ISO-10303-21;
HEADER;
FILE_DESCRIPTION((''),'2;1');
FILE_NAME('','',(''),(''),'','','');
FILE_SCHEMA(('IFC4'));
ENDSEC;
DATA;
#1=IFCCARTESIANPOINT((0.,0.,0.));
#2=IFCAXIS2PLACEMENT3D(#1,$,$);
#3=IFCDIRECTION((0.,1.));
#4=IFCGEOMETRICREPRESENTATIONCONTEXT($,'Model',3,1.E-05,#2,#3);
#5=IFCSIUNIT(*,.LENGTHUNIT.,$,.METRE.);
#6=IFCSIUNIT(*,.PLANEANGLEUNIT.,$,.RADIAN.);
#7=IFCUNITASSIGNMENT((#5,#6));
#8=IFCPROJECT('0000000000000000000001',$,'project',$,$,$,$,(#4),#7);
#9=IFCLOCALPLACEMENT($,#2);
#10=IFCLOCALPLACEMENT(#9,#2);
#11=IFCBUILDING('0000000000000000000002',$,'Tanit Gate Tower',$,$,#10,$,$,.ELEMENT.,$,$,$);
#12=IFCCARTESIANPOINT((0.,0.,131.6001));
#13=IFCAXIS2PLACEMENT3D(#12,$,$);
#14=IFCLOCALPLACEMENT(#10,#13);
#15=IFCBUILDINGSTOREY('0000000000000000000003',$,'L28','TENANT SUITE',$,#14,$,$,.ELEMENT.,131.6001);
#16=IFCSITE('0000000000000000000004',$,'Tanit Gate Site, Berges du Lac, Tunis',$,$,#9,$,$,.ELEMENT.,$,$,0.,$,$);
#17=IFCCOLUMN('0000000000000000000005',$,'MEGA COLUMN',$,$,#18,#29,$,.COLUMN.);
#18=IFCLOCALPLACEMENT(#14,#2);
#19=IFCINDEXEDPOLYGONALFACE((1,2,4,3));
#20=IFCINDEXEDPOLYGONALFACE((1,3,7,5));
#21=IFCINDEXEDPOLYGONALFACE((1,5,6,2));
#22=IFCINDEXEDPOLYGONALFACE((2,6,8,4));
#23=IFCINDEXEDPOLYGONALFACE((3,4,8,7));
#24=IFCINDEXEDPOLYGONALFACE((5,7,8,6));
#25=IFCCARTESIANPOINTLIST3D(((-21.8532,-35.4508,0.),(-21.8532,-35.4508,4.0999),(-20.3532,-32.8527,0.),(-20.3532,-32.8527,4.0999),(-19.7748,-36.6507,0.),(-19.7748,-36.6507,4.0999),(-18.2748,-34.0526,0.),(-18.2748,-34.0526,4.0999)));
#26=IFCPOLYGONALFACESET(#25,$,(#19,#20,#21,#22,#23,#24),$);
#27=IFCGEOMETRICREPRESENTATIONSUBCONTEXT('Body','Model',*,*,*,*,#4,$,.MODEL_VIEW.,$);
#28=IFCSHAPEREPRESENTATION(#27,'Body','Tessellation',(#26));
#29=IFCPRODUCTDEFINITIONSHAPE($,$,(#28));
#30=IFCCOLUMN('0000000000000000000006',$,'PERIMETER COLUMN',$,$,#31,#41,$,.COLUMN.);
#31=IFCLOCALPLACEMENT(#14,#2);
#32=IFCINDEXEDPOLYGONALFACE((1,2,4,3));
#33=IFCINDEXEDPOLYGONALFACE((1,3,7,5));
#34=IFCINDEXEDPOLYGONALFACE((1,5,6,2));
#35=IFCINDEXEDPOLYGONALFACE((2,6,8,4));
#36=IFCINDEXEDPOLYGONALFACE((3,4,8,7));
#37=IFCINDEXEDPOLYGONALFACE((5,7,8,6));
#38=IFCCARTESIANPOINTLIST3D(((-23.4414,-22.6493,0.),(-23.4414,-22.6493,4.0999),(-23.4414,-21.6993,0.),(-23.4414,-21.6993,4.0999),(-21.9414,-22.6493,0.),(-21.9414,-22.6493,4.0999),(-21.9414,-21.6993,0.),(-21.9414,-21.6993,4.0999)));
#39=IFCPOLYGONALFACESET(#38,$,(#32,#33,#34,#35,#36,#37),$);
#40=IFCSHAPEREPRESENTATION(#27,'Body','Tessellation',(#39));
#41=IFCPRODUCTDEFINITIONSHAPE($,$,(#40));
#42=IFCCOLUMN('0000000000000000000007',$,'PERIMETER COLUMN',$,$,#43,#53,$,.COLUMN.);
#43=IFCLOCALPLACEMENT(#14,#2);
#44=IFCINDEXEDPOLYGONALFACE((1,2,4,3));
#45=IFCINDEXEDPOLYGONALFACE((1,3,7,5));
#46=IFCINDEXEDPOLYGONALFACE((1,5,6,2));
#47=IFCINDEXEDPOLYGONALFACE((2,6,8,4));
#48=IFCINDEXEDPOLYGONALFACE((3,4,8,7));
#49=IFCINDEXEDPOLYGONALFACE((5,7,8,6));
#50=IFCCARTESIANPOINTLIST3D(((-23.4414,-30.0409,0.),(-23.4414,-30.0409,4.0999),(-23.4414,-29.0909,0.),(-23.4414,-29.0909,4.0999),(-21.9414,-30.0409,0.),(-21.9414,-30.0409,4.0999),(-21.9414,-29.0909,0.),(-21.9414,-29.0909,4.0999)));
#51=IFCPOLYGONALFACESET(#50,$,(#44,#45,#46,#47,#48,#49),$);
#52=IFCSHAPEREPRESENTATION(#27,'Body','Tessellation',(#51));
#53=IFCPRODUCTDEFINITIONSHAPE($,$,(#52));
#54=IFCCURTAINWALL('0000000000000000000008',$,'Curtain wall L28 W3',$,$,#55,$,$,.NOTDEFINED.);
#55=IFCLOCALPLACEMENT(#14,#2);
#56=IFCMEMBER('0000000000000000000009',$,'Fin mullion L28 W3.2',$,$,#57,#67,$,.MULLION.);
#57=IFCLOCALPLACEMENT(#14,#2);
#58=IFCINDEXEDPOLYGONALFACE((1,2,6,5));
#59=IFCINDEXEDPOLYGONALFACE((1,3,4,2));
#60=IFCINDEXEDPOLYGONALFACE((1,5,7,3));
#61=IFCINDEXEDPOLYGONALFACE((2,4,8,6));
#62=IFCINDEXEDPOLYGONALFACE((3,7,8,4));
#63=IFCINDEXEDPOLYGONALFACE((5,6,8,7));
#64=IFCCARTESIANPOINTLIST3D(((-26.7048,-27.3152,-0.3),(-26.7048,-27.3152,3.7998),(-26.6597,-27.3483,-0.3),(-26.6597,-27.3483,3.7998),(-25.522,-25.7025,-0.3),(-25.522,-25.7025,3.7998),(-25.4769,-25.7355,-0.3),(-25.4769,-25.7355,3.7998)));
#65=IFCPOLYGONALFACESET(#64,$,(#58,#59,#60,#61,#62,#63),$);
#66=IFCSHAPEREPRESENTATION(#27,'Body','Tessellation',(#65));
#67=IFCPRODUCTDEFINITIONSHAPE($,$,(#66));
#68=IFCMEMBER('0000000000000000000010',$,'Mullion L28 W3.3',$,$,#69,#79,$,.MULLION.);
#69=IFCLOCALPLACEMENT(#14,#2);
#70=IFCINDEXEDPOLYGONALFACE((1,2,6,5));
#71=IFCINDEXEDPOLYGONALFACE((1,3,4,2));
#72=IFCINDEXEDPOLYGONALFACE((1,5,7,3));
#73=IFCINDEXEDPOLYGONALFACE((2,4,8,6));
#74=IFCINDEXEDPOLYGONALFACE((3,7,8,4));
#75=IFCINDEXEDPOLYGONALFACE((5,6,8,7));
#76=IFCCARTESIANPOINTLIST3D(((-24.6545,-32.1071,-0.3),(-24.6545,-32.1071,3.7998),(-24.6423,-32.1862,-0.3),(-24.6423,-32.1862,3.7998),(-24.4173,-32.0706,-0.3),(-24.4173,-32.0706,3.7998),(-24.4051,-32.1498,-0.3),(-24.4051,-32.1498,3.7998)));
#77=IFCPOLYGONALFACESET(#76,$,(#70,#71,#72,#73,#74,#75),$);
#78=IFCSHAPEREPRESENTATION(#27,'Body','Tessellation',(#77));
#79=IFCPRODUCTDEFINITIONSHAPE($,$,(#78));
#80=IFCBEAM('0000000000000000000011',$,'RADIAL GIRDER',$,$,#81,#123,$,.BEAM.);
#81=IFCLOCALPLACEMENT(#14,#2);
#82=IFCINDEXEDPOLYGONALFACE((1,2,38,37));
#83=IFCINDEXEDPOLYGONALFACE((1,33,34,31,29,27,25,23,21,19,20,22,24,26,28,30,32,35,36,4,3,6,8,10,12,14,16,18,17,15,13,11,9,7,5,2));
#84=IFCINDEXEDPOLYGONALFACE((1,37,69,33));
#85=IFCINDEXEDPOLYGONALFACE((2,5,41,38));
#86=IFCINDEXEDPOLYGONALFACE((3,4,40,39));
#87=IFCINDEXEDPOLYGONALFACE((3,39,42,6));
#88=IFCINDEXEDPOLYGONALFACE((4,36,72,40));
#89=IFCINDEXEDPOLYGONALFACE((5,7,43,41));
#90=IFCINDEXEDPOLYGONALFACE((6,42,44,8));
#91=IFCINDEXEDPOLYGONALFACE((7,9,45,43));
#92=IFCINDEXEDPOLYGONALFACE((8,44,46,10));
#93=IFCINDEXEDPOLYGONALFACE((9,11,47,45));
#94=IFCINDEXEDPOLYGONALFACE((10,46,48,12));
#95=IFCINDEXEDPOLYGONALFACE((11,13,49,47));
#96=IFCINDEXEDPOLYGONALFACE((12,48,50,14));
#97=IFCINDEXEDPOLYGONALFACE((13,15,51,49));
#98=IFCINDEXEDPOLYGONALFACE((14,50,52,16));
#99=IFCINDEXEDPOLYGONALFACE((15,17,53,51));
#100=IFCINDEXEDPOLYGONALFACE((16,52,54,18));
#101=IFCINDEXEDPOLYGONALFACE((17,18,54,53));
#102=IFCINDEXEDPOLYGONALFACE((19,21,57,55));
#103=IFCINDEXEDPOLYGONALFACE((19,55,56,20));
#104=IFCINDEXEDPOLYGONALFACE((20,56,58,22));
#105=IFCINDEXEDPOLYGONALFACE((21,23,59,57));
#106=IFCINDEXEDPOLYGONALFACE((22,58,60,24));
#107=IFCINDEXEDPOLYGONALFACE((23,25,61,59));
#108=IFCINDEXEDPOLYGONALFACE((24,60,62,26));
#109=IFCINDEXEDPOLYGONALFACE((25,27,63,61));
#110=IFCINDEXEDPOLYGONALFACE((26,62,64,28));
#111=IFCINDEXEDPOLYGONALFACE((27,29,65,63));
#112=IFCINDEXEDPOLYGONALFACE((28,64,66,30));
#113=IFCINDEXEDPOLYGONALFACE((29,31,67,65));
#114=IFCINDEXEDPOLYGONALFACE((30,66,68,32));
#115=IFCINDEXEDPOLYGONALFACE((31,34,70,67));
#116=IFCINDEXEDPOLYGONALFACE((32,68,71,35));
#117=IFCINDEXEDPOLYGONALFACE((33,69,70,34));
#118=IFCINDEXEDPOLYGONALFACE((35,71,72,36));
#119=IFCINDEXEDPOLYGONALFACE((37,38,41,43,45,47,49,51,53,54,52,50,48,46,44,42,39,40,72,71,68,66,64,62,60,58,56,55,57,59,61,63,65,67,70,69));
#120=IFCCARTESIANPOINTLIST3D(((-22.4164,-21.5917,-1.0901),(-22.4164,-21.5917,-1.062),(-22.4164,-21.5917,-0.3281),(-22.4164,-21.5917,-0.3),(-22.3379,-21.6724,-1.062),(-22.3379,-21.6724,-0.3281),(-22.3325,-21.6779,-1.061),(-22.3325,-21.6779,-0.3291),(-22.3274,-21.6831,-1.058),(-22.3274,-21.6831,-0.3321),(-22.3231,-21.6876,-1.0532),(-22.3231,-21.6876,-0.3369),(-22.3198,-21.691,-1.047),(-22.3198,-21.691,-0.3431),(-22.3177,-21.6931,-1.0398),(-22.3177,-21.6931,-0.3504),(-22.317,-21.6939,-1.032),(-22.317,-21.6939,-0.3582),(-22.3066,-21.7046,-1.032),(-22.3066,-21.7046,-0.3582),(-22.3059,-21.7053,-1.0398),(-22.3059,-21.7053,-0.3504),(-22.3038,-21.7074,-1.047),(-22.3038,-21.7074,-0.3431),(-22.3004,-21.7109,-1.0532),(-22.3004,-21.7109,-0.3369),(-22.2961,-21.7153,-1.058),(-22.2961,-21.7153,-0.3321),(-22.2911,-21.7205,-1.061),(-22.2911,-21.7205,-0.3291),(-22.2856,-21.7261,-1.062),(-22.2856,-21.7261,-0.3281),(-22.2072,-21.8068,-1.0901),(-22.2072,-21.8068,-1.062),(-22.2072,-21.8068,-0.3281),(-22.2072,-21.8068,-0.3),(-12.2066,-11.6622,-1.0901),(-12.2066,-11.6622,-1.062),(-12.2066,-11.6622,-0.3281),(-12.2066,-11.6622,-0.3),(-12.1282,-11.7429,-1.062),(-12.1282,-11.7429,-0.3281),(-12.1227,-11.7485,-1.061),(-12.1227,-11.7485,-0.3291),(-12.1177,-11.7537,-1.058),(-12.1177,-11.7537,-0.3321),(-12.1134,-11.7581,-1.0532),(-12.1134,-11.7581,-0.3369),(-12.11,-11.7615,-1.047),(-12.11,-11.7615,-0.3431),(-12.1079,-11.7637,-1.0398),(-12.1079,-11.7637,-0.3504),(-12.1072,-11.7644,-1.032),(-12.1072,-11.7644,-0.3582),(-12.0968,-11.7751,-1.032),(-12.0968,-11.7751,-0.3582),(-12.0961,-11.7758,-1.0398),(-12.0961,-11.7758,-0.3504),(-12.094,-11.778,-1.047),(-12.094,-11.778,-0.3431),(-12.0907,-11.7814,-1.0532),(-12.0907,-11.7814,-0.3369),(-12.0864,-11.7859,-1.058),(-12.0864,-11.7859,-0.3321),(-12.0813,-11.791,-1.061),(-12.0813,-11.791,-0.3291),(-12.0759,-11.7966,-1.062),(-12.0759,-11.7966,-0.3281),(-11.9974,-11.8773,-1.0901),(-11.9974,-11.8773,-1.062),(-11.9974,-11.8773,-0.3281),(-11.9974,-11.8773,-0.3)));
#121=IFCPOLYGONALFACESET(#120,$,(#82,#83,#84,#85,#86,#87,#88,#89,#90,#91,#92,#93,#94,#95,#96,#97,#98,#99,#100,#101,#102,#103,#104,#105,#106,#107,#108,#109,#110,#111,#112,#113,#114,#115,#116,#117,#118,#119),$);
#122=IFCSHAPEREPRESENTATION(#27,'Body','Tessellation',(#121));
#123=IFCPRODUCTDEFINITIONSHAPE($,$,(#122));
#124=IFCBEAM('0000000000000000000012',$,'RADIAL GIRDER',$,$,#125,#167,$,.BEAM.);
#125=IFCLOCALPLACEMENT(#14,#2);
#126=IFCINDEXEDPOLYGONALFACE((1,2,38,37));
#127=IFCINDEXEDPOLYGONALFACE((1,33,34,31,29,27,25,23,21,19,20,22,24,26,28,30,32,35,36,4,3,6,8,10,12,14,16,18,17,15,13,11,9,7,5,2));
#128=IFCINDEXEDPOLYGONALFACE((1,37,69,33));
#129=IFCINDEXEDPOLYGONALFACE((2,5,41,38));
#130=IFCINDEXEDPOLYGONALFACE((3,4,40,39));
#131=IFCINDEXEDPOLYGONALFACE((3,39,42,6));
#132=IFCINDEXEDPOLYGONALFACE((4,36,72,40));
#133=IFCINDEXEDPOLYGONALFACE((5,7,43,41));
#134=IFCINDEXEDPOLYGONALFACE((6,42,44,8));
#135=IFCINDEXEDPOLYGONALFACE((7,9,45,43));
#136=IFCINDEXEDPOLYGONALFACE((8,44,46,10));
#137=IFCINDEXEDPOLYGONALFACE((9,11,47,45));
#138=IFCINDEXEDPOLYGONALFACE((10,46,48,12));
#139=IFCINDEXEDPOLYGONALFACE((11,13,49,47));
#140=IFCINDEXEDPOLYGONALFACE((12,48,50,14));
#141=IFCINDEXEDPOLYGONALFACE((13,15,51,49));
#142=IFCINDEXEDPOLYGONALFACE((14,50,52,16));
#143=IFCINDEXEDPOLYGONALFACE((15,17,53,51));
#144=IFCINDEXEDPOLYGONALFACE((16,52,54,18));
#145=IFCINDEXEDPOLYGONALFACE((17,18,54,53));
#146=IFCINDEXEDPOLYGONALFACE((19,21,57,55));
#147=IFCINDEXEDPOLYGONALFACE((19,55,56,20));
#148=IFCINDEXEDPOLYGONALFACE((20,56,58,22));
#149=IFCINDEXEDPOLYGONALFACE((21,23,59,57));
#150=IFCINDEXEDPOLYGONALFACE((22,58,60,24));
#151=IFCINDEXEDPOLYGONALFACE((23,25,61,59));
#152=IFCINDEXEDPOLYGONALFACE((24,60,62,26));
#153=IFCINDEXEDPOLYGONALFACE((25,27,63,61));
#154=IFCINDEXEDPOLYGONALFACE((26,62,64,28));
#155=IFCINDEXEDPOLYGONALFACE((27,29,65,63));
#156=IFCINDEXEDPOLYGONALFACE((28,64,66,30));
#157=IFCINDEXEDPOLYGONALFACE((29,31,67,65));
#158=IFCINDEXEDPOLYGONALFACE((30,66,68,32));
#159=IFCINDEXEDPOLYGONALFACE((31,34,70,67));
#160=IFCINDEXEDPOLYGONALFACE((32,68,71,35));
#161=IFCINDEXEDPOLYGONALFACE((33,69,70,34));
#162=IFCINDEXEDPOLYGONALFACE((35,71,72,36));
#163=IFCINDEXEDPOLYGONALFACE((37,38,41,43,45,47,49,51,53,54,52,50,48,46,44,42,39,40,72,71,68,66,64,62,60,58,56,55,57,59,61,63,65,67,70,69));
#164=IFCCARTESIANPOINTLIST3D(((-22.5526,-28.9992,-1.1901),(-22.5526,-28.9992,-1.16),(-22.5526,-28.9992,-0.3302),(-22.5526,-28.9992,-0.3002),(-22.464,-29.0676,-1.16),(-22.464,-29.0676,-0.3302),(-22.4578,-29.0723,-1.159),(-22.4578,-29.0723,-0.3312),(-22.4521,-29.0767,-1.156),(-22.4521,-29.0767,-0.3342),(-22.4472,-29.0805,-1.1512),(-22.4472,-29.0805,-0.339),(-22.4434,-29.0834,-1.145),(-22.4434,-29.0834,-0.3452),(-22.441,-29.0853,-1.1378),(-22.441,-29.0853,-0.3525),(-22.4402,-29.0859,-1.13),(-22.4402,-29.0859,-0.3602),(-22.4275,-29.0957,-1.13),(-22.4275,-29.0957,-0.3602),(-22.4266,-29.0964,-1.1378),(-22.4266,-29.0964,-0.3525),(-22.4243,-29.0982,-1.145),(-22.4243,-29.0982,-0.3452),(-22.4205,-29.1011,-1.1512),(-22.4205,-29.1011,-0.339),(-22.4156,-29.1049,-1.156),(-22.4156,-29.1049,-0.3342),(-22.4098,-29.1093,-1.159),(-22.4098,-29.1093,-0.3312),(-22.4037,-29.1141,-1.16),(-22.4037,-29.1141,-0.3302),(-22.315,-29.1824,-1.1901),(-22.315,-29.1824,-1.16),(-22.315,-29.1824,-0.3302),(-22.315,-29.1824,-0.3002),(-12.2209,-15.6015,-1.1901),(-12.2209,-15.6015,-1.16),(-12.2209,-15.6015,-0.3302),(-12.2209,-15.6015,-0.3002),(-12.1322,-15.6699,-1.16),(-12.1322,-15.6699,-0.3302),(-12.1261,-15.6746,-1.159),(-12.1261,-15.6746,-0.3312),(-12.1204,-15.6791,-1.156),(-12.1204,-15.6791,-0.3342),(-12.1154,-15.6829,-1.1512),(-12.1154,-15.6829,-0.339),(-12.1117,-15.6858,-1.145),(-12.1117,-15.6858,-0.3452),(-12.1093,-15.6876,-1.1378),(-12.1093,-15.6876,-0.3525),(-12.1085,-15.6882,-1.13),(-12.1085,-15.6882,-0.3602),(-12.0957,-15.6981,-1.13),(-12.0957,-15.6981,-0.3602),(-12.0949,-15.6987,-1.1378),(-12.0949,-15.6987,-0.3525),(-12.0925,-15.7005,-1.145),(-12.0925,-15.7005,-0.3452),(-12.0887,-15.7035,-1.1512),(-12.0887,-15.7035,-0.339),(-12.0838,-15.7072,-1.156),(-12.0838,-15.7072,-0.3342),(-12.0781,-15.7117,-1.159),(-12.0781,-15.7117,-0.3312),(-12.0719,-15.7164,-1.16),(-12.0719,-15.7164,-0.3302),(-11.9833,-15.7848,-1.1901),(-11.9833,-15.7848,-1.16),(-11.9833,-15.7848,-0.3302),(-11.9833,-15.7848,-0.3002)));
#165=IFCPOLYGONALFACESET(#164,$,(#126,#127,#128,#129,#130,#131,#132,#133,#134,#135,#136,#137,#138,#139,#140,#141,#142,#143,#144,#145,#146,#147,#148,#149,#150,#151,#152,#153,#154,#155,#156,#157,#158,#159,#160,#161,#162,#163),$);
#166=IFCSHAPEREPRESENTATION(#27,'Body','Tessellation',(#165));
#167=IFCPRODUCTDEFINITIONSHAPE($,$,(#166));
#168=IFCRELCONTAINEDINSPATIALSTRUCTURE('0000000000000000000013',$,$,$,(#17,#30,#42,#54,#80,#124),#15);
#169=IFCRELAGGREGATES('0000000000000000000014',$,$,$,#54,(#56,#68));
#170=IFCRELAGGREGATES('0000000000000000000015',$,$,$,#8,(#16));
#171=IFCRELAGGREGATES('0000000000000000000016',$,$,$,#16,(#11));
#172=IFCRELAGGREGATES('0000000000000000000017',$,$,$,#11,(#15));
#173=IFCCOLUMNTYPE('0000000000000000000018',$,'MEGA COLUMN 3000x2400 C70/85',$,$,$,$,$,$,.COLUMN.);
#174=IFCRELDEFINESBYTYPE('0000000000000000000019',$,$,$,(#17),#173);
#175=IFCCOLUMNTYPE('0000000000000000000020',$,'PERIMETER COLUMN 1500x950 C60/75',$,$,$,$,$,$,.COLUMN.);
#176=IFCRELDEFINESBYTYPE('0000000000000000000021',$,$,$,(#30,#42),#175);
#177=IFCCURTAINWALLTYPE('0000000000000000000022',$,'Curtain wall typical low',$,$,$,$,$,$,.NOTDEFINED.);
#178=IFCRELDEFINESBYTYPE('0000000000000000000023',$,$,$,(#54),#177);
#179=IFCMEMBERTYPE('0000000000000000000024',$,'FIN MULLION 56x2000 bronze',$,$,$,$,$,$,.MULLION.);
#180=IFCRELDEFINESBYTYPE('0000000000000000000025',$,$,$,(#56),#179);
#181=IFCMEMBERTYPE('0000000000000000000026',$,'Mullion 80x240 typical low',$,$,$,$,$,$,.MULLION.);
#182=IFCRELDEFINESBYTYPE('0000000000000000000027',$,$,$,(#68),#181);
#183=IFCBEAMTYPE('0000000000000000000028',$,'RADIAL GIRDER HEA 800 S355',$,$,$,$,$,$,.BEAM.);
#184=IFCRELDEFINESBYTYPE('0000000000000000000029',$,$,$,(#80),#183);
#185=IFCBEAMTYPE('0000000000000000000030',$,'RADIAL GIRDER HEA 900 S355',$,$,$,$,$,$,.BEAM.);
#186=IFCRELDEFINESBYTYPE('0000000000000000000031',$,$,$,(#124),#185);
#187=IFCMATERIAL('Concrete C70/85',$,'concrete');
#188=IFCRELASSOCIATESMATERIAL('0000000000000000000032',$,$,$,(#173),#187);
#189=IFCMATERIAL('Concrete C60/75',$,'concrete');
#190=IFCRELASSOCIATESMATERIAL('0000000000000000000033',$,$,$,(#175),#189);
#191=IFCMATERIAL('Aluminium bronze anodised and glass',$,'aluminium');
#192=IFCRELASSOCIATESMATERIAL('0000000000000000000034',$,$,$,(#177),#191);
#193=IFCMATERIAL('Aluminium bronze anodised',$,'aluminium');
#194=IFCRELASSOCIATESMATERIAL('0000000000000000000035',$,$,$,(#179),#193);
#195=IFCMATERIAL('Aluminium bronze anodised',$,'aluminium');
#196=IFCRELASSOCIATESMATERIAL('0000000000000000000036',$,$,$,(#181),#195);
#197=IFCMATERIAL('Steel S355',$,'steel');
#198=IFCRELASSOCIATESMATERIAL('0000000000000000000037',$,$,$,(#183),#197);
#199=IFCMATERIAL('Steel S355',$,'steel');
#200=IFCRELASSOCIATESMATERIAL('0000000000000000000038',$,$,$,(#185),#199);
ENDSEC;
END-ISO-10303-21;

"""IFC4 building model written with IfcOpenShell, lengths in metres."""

from ifc_helpers import new_model, si_unit, direction, frame, origin, origin_2d, place, context, subcontext, project, spatial, rectangle, i_section, extrude, material, material_profile, profile_set, type_object, element, aggregate, save


model = new_model("IFC4")

# Units and contexts
model_context = context("Model", 3, precision=1e-05, world=origin(), true_north=direction((0.0, 1.0)))
body_context = subcontext(model_context, "Body", "Model", "MODEL_VIEW")
ifc_project = project(units=[si_unit("LENGTHUNIT", "METRE"), si_unit("PLANEANGLEUNIT", "RADIAN")], contexts=[model_context])

# Site, building, storey
site_placement = place(None, origin())
site = spatial("IfcSite", under=ifc_project, at=site_placement, Name="Tanit Gate Site, Berges du Lac, Tunis", CompositionType="ELEMENT", RefElevation=0.0)
building_placement = place(site_placement, origin())
building = spatial("IfcBuilding", under=site, at=building_placement, Name="Tanit Gate Tower", CompositionType="ELEMENT")
storey_placement = place(building_placement, frame((0.0, 0.0, 131.6001)))
storey = spatial("IfcBuildingStorey", under=building, at=storey_placement, Name="L28", Description="TENANT SUITE", CompositionType="ELEMENT", Elevation=131.6001)

# Columns
ifc_material_1 = material(Name="Concrete C70/85", Category="concrete")
ifc_material_profile_1 = material_profile(ifc_material_1, rectangle(XDim=3.0, YDim=2.3999, at=origin_2d()), Name="RC 3000x2400")
ifc_profile_set_1 = profile_set([ifc_material_profile_1], Name="Concrete C70/85")
column_type_1 = type_object("IfcColumnType", Name="MEGA COLUMN 3000x2400 C70/85", PredefinedType="COLUMN", material=ifc_profile_set_1)
column_placement = place(storey_placement, frame((-20.064, -34.7517, 0.0), z_axis=(0.0, 0.0, 1.0), x_axis=(-0.5, -0.866025, 0.0)))
element("IfcColumn", 1, at=column_placement, inside=storey, type_object=column_type_1, Name="MEGA COLUMN", PredefinedType="COLUMN", context=body_context, shape_type="SweptSolid", body=[
    extrude(rectangle(XDim=3.0, YDim=2.3999, at=origin_2d()), origin(), (0.0, 0.0, 1.0), 4.0999),
])
ifc_material_2 = material(Name="Concrete C60/75", Category="concrete")
ifc_material_profile_2 = material_profile(ifc_material_2, rectangle(XDim=1.5, YDim=0.95, at=origin_2d()), Name="RC 1500x950")
ifc_profile_set_2 = profile_set([ifc_material_profile_2], Name="Concrete C60/75")
column_type_2 = type_object("IfcColumnType", Name="PERIMETER COLUMN 1500x950 C60/75", PredefinedType="COLUMN", material=ifc_profile_set_2)
for number, where, z_axis, x_axis, name in (
    (2, (-22.6914, -22.1743, 0.0), (0.0, 0.0, 1.0), (-1.0, 0.0, 0.0), "PERIMETER COLUMN"),
    (3, (-22.6914, -29.5659, 0.0), (0.0, 0.0, 1.0), (-1.0, 0.0, 0.0), "PERIMETER COLUMN"),
):
    element("IfcColumn", number, at=place(storey_placement, frame(where, z_axis=z_axis, x_axis=x_axis)), inside=storey, type_object=column_type_2, Name=name, PredefinedType="COLUMN", context=body_context, shape_type="SweptSolid", body=[
        extrude(rectangle(XDim=1.5, YDim=0.95, at=origin_2d()), origin(), (0.0, 0.0, 1.0), 4.0999),
    ])

# Curtain wall, members
ifc_material_3 = material(Name="Aluminium bronze anodised and glass", Category="aluminium")
curtain_wall_type = type_object("IfcCurtainWallType", Name="Curtain wall typical low", PredefinedType="NOTDEFINED", material=ifc_material_3)
curtain_wall_placement = place(storey_placement, origin())
curtain_wall = element("IfcCurtainWall", 4, at=curtain_wall_placement, inside=storey, type_object=curtain_wall_type, Name="Curtain wall L28 W3", PredefinedType="NOTDEFINED")
ifc_material_4 = material(Name="Aluminium bronze anodised", Category="aluminium")
ifc_material_profile_3 = material_profile(ifc_material_4, rectangle(XDim=2.0, YDim=0.0559, at=origin_2d()), Name="56x2000 bronze fin mullion")
ifc_profile_set_3 = profile_set([ifc_material_profile_3], Name="Aluminium bronze anodised")
member_type_1 = type_object("IfcMemberType", Name="FIN MULLION 56x2000 bronze", PredefinedType="MULLION", material=ifc_profile_set_3)
member_1_placement = place(storey_placement, frame((-26.0908, -26.5254, -0.3), z_axis=(0.0, 0.0, 1.0), x_axis=(0.591404, 0.806375, 0.0)))
member_1 = element("IfcMember", 5, at=member_1_placement, type_object=member_type_1, Name="Fin mullion L28 W3.2", PredefinedType="MULLION", context=body_context, shape_type="SweptSolid", body=[
    extrude(rectangle(XDim=2.0, YDim=0.0559, at=origin_2d()), origin(), (0.0, 0.0, 1.0), 4.0999),
])
ifc_material_5 = material(Name="Aluminium bronze anodised", Category="aluminium")
ifc_material_profile_4 = material_profile(ifc_material_5, rectangle(XDim=0.24, YDim=0.0801, at=origin_2d()), Name="80x240 bronze mullion")
ifc_profile_set_4 = profile_set([ifc_material_profile_4], Name="Aluminium bronze anodised")
member_type_2 = type_object("IfcMemberType", Name="Mullion 80x240 typical low", PredefinedType="MULLION", material=ifc_profile_set_4)
member_2_placement = place(storey_placement, frame((-24.5298, -32.1284, -0.3), z_axis=(0.0, 0.0, 1.0), x_axis=(0.988379, 0.152008, 0.0)))
member_2 = element("IfcMember", 6, at=member_2_placement, type_object=member_type_2, Name="Mullion L28 W3.3", PredefinedType="MULLION", context=body_context, shape_type="SweptSolid", body=[
    extrude(rectangle(XDim=0.24, YDim=0.0801, at=origin_2d()), origin(), (0.0, 0.0, 1.0), 4.0999),
])

# Beams
ifc_material_6 = material(Name="Steel S355", Category="steel")
ifc_material_profile_5 = material_profile(ifc_material_6, i_section(OverallWidth=0.3, OverallDepth=0.79, WebThickness=0.0149, FlangeThickness=0.0281, FilletRadius=0.03, at=origin_2d()), Name="HEA 800")
ifc_profile_set_5 = profile_set([ifc_material_profile_5], Name="Steel S355")
beam_type_1 = type_object("IfcBeamType", Name="RADIAL GIRDER HEA 800 S355", PredefinedType="BEAM", material=ifc_profile_set_5)
beam_1_placement = place(storey_placement, frame((-22.3118, -21.6992, -0.6951), z_axis=(0.716878, 0.697199, 0.0), x_axis=(-0.697199, 0.716878, 0.0)))
element("IfcBeam", 7, at=beam_1_placement, inside=storey, type_object=beam_type_1, Name="RADIAL GIRDER", PredefinedType="BEAM", context=body_context, shape_type="SweptSolid", body=[
    extrude(i_section(OverallWidth=0.3, OverallDepth=0.79, WebThickness=0.0149, FlangeThickness=0.0281, FilletRadius=0.03, at=origin_2d()), origin(), (0.0, 0.0, 1.0), 14.2419),
])
ifc_material_7 = material(Name="Steel S355", Category="steel")
ifc_material_profile_6 = material_profile(ifc_material_7, i_section(OverallWidth=0.3, OverallDepth=0.8899, WebThickness=0.0161, FlangeThickness=0.03, FilletRadius=0.03, at=origin_2d()), Name="HEA 900")
ifc_profile_set_6 = profile_set([ifc_material_profile_6], Name="Steel S355")
beam_type_2 = type_object("IfcBeamType", Name="RADIAL GIRDER HEA 900 S355", PredefinedType="BEAM", material=ifc_profile_set_6)
beam_2_placement = place(storey_placement, frame((-22.4338, -29.0908, -0.7451), z_axis=(0.610671, 0.791885, 0.0), x_axis=(-0.791885, 0.610671, 0.0)))
element("IfcBeam", 8, at=beam_2_placement, inside=storey, type_object=beam_type_2, Name="RADIAL GIRDER", PredefinedType="BEAM", context=body_context, shape_type="SweptSolid", body=[
    extrude(i_section(OverallWidth=0.3, OverallDepth=0.8899, WebThickness=0.0161, FlangeThickness=0.03, FilletRadius=0.03, at=origin_2d()), origin(), (0.0, 0.0, 1.0), 16.9187),
])

aggregate(curtain_wall, [member_1, member_2])

save(model, "model.ifc")
